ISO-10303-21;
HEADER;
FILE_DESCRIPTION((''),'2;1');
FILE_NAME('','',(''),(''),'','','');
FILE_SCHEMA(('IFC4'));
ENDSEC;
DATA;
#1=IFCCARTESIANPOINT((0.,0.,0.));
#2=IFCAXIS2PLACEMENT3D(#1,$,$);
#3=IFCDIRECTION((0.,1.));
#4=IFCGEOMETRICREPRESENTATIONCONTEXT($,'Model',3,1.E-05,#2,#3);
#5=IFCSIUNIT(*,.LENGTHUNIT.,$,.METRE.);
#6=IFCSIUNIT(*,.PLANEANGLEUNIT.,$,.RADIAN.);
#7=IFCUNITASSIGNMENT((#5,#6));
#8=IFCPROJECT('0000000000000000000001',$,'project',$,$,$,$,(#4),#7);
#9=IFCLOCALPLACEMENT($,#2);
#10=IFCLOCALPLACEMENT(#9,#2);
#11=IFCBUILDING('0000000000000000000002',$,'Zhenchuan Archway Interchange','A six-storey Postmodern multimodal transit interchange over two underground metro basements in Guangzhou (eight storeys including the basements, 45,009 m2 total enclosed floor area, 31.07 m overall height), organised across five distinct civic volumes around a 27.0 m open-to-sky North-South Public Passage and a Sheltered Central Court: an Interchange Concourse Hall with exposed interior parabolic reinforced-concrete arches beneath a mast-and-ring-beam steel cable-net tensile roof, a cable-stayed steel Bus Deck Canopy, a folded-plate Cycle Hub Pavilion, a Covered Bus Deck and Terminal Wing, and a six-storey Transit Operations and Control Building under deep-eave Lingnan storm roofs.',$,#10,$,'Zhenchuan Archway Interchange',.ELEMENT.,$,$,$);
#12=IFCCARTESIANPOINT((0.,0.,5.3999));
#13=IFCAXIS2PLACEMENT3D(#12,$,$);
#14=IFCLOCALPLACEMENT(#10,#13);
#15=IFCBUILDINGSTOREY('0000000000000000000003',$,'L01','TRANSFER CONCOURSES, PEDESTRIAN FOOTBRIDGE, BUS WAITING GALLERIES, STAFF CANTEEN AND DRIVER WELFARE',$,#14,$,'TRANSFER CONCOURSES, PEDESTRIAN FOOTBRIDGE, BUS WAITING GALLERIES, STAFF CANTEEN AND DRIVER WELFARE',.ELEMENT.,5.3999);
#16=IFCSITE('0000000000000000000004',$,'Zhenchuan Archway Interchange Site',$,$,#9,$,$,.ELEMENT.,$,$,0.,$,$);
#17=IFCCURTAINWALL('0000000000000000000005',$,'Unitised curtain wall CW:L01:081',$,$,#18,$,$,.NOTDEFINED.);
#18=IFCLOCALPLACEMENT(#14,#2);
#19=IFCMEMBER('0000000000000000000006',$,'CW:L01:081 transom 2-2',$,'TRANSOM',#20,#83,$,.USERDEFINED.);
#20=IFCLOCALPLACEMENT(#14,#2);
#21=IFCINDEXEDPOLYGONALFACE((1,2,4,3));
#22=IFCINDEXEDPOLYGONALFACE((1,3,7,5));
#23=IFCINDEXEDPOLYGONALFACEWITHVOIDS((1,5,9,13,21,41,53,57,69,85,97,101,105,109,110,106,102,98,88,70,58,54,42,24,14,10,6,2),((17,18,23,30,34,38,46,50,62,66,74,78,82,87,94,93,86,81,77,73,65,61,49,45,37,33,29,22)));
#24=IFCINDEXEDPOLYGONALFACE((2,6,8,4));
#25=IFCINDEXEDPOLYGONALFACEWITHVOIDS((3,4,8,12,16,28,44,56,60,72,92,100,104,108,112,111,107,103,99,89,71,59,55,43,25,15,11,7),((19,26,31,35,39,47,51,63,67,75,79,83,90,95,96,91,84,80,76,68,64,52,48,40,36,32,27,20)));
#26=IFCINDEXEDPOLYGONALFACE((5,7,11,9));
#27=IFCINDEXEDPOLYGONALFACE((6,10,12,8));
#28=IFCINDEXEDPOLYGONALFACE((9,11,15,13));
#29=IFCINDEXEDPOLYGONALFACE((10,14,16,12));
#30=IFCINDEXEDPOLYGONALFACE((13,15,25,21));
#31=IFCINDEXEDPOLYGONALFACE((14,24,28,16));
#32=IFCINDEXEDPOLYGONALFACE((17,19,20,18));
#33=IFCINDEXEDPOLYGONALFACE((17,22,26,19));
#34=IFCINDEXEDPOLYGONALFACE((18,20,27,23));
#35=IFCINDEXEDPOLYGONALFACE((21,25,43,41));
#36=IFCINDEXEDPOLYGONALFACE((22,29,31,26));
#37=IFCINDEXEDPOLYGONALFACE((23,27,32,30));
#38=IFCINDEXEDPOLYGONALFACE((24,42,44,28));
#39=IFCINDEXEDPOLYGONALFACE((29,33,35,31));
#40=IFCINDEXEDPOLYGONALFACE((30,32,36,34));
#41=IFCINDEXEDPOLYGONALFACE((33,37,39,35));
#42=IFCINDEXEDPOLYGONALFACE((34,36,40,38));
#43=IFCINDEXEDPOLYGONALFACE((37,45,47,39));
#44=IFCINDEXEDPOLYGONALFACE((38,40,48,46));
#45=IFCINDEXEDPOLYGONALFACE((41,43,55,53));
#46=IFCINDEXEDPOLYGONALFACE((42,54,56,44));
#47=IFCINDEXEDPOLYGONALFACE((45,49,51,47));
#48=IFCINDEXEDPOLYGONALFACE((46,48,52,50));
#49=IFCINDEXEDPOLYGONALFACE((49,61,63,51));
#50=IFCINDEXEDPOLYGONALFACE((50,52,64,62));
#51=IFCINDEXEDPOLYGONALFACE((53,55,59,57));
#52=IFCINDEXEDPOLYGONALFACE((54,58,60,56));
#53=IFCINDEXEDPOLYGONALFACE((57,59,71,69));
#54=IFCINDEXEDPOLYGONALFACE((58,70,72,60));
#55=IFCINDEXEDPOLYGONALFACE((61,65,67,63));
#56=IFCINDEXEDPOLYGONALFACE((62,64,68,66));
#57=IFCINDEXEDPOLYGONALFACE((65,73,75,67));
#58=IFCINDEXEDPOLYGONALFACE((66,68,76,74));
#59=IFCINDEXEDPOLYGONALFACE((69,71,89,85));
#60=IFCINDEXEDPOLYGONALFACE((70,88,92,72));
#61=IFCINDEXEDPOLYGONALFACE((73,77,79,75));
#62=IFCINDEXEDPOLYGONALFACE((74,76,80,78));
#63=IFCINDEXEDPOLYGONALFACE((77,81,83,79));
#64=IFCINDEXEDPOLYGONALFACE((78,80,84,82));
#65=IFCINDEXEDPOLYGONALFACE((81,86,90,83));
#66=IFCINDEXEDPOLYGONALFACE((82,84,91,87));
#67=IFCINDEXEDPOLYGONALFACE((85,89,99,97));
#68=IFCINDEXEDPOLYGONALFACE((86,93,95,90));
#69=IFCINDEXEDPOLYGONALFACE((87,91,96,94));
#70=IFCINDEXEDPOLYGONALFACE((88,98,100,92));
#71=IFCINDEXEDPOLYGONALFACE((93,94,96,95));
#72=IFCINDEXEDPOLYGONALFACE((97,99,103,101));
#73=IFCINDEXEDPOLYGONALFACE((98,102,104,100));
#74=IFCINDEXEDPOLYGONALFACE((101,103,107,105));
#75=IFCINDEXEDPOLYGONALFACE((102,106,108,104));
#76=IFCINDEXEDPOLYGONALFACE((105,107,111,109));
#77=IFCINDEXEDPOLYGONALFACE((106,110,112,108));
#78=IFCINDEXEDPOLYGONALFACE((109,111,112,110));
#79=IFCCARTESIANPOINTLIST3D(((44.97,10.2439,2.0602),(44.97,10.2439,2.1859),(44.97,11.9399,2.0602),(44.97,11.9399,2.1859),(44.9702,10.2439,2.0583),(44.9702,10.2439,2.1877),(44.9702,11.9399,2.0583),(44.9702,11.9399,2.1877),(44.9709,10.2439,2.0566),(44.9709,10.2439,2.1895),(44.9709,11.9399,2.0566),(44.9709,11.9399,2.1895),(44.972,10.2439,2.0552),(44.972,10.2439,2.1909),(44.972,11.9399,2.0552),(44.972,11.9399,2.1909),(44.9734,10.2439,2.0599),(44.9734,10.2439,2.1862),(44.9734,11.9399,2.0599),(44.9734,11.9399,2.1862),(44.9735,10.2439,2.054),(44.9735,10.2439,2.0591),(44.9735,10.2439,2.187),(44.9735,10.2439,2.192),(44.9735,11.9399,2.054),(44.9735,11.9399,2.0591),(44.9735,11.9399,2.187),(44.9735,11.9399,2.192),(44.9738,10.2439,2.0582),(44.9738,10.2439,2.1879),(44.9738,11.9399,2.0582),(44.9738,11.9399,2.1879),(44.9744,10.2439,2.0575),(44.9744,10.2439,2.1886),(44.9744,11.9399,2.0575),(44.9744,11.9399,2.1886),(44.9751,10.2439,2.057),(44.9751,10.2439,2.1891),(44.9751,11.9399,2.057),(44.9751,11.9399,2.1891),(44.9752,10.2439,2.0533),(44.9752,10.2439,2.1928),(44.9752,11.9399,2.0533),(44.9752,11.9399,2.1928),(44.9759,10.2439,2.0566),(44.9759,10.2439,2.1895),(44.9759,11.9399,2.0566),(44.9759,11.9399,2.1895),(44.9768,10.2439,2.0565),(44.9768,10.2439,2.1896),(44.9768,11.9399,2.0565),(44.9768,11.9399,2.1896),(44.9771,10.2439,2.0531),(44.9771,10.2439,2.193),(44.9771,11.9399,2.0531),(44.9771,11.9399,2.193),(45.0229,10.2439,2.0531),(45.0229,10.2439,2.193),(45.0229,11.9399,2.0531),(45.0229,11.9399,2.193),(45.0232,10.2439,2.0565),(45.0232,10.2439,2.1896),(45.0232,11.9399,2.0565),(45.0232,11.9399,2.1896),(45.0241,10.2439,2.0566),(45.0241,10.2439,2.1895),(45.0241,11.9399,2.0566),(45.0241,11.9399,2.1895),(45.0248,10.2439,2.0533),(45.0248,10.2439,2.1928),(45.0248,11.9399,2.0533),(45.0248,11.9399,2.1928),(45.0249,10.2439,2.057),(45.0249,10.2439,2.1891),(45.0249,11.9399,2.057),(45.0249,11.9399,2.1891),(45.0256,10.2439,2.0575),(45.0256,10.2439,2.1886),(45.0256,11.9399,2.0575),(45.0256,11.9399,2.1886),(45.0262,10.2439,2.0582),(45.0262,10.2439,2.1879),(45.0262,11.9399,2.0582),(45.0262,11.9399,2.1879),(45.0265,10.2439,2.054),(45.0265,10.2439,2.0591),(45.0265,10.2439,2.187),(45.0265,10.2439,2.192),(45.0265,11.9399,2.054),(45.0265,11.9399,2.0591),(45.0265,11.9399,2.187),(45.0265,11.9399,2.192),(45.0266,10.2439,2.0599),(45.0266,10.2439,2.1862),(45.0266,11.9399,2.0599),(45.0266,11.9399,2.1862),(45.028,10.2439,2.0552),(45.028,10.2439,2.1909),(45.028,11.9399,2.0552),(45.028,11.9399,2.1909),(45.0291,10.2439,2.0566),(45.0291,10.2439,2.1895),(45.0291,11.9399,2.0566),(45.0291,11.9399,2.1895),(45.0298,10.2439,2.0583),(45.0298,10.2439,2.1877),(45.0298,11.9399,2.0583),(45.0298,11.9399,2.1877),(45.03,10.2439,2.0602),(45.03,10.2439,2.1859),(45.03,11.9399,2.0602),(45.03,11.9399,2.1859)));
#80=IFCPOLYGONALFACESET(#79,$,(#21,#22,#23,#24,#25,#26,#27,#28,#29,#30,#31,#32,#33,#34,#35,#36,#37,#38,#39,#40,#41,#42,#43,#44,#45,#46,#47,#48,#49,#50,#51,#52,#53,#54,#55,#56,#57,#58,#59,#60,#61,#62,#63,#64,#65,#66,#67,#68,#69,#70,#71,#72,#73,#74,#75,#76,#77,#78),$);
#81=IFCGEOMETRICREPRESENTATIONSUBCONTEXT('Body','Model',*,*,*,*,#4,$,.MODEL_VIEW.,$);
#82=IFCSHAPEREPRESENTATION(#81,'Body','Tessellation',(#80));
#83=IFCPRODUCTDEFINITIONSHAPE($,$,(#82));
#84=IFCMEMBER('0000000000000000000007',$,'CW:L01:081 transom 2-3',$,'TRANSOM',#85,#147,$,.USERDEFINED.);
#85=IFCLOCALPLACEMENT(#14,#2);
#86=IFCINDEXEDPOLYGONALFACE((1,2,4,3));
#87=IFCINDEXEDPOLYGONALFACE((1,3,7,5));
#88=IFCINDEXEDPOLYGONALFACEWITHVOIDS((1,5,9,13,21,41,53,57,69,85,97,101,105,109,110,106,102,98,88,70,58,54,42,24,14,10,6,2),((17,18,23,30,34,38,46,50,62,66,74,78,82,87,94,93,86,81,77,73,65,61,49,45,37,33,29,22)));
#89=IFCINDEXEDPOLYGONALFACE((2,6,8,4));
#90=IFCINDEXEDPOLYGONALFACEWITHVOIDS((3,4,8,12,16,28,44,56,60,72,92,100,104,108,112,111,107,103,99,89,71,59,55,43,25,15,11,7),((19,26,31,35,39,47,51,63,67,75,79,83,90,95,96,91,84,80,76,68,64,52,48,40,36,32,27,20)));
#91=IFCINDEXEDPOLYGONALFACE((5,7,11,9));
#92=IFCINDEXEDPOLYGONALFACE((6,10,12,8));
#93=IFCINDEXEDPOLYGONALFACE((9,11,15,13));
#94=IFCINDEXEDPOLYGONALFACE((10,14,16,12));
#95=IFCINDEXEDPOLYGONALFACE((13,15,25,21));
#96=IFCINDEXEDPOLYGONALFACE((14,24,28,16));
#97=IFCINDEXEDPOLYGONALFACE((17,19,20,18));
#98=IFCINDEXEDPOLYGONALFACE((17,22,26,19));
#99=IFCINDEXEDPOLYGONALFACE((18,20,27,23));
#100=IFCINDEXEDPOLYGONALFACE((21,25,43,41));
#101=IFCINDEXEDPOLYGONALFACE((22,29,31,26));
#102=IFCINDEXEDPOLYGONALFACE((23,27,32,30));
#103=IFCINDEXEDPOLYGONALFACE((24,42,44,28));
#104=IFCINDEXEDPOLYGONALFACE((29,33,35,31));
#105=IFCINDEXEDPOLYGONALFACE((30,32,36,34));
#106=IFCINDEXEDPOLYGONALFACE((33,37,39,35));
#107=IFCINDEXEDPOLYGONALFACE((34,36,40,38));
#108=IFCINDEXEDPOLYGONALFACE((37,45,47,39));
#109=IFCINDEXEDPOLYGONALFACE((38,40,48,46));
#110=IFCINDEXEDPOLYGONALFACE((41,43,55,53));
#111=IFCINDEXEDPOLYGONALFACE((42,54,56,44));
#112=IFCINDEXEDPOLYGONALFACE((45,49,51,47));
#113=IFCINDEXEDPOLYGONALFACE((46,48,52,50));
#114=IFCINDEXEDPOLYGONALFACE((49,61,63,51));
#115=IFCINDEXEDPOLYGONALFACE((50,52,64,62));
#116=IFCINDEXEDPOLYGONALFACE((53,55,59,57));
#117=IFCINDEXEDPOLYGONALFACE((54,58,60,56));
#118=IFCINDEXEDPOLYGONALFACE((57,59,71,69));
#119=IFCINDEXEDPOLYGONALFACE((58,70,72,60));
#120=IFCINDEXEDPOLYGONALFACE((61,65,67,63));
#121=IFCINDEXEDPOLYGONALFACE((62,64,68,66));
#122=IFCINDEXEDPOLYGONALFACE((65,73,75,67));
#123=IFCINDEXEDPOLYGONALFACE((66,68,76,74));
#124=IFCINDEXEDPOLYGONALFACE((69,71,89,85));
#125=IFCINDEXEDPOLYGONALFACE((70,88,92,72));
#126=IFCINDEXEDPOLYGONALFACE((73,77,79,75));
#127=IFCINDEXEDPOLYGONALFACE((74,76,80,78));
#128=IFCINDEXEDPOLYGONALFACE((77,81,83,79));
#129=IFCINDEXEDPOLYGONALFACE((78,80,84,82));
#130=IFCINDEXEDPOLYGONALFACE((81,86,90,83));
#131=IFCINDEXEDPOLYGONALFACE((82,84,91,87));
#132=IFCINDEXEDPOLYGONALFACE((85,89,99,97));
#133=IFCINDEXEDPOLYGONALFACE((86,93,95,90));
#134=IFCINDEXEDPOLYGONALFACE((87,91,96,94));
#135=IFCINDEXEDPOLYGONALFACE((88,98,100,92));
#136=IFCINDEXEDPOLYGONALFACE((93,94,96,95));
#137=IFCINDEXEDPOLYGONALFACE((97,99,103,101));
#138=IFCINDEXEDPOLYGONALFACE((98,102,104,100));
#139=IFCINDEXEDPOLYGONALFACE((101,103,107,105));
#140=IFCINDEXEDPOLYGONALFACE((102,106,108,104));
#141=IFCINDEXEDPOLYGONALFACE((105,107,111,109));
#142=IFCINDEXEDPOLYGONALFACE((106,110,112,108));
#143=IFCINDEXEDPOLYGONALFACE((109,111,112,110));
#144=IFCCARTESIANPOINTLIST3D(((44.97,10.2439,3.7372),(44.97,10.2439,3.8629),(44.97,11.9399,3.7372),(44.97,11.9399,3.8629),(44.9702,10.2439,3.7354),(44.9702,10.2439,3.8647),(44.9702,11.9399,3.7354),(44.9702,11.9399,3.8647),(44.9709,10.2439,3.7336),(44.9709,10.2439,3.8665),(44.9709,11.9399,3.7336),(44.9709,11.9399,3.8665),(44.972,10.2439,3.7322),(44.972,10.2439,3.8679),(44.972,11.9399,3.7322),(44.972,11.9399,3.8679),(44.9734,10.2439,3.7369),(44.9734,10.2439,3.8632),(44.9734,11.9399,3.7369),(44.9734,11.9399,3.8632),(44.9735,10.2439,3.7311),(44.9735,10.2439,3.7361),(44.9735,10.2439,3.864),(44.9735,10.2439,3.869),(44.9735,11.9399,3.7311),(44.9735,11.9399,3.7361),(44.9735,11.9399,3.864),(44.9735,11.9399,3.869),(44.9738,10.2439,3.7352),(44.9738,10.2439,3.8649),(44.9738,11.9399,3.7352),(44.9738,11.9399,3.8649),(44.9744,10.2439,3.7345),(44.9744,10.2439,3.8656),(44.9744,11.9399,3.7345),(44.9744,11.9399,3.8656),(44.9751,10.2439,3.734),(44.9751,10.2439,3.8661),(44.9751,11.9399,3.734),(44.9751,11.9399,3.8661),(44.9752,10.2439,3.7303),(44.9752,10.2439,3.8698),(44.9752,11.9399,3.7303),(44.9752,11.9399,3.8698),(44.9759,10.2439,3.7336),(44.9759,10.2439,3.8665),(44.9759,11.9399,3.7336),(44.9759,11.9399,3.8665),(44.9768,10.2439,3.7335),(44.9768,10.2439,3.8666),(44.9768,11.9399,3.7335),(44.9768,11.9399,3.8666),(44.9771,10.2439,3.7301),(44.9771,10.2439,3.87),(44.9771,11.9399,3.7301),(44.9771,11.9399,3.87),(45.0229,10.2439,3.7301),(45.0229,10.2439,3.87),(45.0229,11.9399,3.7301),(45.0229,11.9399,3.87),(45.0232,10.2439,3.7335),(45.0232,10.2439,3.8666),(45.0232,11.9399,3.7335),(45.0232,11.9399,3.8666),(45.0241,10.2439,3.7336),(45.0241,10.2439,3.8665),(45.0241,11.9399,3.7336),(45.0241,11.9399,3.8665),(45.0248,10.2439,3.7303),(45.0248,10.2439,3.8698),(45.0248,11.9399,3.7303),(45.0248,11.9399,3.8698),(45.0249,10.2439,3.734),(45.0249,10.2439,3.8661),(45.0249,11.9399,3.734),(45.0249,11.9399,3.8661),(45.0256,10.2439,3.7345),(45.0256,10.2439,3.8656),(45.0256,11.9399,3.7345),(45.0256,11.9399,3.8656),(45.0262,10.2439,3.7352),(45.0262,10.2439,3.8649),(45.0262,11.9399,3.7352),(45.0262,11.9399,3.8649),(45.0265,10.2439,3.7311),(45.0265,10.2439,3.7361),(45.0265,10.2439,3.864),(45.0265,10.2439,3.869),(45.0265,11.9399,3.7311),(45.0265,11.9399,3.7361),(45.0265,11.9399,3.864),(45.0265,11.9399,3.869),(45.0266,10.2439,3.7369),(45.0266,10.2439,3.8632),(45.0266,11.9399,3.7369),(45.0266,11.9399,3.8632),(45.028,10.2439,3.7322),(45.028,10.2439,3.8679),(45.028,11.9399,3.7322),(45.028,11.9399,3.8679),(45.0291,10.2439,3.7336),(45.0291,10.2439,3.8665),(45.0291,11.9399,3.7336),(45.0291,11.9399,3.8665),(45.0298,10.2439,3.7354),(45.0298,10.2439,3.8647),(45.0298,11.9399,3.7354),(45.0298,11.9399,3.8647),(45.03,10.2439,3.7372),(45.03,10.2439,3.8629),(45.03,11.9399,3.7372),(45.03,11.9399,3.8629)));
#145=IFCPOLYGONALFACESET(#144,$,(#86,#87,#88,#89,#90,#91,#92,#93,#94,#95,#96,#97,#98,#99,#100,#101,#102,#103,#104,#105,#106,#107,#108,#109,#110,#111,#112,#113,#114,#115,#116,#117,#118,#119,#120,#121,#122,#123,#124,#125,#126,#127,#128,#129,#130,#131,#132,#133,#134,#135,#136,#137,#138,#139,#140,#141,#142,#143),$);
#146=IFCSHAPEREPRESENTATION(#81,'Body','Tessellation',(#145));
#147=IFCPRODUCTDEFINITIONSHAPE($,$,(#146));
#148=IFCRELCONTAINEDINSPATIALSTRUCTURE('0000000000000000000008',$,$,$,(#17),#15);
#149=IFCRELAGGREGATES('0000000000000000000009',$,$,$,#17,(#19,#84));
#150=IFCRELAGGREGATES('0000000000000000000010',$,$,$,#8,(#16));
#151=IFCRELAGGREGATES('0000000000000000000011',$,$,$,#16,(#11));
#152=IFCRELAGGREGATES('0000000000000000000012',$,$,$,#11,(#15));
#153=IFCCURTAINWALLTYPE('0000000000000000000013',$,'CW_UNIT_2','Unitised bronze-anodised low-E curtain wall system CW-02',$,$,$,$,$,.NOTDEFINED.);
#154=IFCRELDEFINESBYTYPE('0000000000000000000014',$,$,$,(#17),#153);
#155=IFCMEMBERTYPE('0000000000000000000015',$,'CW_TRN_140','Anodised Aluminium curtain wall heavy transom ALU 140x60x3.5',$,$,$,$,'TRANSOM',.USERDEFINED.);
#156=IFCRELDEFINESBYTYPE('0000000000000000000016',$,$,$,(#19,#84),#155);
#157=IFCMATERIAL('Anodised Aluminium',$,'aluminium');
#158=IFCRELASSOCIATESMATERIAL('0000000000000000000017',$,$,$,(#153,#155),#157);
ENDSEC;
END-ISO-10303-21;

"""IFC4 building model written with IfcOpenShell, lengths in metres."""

from ifc_helpers import new_model, si_unit, direction, frame, origin, origin_2d, place, context, subcontext, project, spatial, hollow_rectangle, extrude, material, material_profile, profile_set, type_object, element, aggregate, save


model = new_model("IFC4")

# Units and contexts
model_context = context("Model", 3, precision=1e-05, world=origin(), true_north=direction((0.0, 1.0)))
body_context = subcontext(model_context, "Body", "Model", "MODEL_VIEW")
ifc_project = project(units=[si_unit("LENGTHUNIT", "METRE"), si_unit("PLANEANGLEUNIT", "RADIAN")], contexts=[model_context])

# Site, building, storey
site_placement = place(None, origin())
site = spatial("IfcSite", under=ifc_project, at=site_placement, Name="Zhenchuan Archway Interchange Site", CompositionType="ELEMENT", RefElevation=0.0)
building_placement = place(site_placement, origin())
building = spatial("IfcBuilding", under=site, at=building_placement, Name="Zhenchuan Archway Interchange", Description="A six-storey Postmodern multimodal transit interchange over two underground metro basements in Guangzhou (eight storeys including the basements, 45,009 m2 total enclosed floor area, 31.07 m overall height), organised across five distinct civic volumes around a 27.0 m open-to-sky North-South Public Passage and a Sheltered Central Court: an Interchange Concourse Hall with exposed interior parabolic reinforced-concrete arches beneath a mast-and-ring-beam steel cable-net tensile roof, a cable-stayed steel Bus Deck Canopy, a folded-plate Cycle Hub Pavilion, a Covered Bus Deck and Terminal Wing, and a six-storey Transit Operations and Control Building under deep-eave Lingnan storm roofs.", LongName="Zhenchuan Archway Interchange", CompositionType="ELEMENT")
storey_placement = place(building_placement, frame((0.0, 0.0, 5.3999)))
storey = spatial("IfcBuildingStorey", under=building, at=storey_placement, Name="L01", Description="TRANSFER CONCOURSES, PEDESTRIAN FOOTBRIDGE, BUS WAITING GALLERIES, STAFF CANTEEN AND DRIVER WELFARE", LongName="TRANSFER CONCOURSES, PEDESTRIAN FOOTBRIDGE, BUS WAITING GALLERIES, STAFF CANTEEN AND DRIVER WELFARE", CompositionType="ELEMENT", Elevation=5.3999)

# Curtain wall
ifc_material_1 = material(Name="Anodised Aluminium", Category="aluminium")
curtain_wall_type_1 = type_object("IfcCurtainWallType", Name="CW_UNIT_2", Description="Unitised bronze-anodised low-E curtain wall system CW-02", PredefinedType="NOTDEFINED", material=ifc_material_1)
curtain_wall_1_placement = place(storey_placement, origin())
curtain_wall_1 = element("IfcCurtainWall", 1, at=curtain_wall_1_placement, inside=storey, type_object=curtain_wall_type_1, Name="Unitised curtain wall CW:L01:081", PredefinedType="NOTDEFINED")

# Members
ifc_material_profile_1 = material_profile(ifc_material_1, hollow_rectangle(XDim=0.0601, YDim=0.1399, WallThickness=0.0034, InnerFilletRadius=0.0034, OuterFilletRadius=0.0071, at=origin_2d()), Name="ALU 140x60x3.5")
ifc_profile_set_1 = profile_set([ifc_material_profile_1], Name="Anodised Aluminium")
member_type_1 = type_object("IfcMemberType", Name="CW_TRN_140", Description="Anodised Aluminium curtain wall heavy transom ALU 140x60x3.5", ElementType="TRANSOM", PredefinedType="USERDEFINED", material=ifc_profile_set_1)
member_1_placement = place(storey_placement, frame((45.0, 11.9399, 2.123), z_axis=(0.0, -1.0, 0.0), x_axis=(1.0, 0.0, 0.0)))
member_1 = element("IfcMember", 2, at=member_1_placement, type_object=member_type_1, Name="CW:L01:081 transom 2-2", ObjectType="TRANSOM", PredefinedType="USERDEFINED", context=body_context, shape_type="SweptSolid", body=[
    extrude(hollow_rectangle(XDim=0.0601, YDim=0.1399, WallThickness=0.0034, InnerFilletRadius=0.0034, OuterFilletRadius=0.0071, at=origin_2d()), origin(), (0.0, 0.0, 1.0), 1.696),
])
member_2_placement = place(storey_placement, frame((45.0, 11.9399, 3.8), z_axis=(0.0, -1.0, 0.0), x_axis=(1.0, 0.0, 0.0)))
member_2 = element("IfcMember", 3, at=member_2_placement, type_object=member_type_1, Name="CW:L01:081 transom 2-3", ObjectType="TRANSOM", PredefinedType="USERDEFINED", context=body_context, shape_type="SweptSolid", body=[
    extrude(hollow_rectangle(XDim=0.0601, YDim=0.1399, WallThickness=0.0034, InnerFilletRadius=0.0034, OuterFilletRadius=0.0071, at=origin_2d()), origin(), (0.0, 0.0, 1.0), 1.696),
])

aggregate(curtain_wall_1, [member_1, member_2])

save(model, "model.ifc")
